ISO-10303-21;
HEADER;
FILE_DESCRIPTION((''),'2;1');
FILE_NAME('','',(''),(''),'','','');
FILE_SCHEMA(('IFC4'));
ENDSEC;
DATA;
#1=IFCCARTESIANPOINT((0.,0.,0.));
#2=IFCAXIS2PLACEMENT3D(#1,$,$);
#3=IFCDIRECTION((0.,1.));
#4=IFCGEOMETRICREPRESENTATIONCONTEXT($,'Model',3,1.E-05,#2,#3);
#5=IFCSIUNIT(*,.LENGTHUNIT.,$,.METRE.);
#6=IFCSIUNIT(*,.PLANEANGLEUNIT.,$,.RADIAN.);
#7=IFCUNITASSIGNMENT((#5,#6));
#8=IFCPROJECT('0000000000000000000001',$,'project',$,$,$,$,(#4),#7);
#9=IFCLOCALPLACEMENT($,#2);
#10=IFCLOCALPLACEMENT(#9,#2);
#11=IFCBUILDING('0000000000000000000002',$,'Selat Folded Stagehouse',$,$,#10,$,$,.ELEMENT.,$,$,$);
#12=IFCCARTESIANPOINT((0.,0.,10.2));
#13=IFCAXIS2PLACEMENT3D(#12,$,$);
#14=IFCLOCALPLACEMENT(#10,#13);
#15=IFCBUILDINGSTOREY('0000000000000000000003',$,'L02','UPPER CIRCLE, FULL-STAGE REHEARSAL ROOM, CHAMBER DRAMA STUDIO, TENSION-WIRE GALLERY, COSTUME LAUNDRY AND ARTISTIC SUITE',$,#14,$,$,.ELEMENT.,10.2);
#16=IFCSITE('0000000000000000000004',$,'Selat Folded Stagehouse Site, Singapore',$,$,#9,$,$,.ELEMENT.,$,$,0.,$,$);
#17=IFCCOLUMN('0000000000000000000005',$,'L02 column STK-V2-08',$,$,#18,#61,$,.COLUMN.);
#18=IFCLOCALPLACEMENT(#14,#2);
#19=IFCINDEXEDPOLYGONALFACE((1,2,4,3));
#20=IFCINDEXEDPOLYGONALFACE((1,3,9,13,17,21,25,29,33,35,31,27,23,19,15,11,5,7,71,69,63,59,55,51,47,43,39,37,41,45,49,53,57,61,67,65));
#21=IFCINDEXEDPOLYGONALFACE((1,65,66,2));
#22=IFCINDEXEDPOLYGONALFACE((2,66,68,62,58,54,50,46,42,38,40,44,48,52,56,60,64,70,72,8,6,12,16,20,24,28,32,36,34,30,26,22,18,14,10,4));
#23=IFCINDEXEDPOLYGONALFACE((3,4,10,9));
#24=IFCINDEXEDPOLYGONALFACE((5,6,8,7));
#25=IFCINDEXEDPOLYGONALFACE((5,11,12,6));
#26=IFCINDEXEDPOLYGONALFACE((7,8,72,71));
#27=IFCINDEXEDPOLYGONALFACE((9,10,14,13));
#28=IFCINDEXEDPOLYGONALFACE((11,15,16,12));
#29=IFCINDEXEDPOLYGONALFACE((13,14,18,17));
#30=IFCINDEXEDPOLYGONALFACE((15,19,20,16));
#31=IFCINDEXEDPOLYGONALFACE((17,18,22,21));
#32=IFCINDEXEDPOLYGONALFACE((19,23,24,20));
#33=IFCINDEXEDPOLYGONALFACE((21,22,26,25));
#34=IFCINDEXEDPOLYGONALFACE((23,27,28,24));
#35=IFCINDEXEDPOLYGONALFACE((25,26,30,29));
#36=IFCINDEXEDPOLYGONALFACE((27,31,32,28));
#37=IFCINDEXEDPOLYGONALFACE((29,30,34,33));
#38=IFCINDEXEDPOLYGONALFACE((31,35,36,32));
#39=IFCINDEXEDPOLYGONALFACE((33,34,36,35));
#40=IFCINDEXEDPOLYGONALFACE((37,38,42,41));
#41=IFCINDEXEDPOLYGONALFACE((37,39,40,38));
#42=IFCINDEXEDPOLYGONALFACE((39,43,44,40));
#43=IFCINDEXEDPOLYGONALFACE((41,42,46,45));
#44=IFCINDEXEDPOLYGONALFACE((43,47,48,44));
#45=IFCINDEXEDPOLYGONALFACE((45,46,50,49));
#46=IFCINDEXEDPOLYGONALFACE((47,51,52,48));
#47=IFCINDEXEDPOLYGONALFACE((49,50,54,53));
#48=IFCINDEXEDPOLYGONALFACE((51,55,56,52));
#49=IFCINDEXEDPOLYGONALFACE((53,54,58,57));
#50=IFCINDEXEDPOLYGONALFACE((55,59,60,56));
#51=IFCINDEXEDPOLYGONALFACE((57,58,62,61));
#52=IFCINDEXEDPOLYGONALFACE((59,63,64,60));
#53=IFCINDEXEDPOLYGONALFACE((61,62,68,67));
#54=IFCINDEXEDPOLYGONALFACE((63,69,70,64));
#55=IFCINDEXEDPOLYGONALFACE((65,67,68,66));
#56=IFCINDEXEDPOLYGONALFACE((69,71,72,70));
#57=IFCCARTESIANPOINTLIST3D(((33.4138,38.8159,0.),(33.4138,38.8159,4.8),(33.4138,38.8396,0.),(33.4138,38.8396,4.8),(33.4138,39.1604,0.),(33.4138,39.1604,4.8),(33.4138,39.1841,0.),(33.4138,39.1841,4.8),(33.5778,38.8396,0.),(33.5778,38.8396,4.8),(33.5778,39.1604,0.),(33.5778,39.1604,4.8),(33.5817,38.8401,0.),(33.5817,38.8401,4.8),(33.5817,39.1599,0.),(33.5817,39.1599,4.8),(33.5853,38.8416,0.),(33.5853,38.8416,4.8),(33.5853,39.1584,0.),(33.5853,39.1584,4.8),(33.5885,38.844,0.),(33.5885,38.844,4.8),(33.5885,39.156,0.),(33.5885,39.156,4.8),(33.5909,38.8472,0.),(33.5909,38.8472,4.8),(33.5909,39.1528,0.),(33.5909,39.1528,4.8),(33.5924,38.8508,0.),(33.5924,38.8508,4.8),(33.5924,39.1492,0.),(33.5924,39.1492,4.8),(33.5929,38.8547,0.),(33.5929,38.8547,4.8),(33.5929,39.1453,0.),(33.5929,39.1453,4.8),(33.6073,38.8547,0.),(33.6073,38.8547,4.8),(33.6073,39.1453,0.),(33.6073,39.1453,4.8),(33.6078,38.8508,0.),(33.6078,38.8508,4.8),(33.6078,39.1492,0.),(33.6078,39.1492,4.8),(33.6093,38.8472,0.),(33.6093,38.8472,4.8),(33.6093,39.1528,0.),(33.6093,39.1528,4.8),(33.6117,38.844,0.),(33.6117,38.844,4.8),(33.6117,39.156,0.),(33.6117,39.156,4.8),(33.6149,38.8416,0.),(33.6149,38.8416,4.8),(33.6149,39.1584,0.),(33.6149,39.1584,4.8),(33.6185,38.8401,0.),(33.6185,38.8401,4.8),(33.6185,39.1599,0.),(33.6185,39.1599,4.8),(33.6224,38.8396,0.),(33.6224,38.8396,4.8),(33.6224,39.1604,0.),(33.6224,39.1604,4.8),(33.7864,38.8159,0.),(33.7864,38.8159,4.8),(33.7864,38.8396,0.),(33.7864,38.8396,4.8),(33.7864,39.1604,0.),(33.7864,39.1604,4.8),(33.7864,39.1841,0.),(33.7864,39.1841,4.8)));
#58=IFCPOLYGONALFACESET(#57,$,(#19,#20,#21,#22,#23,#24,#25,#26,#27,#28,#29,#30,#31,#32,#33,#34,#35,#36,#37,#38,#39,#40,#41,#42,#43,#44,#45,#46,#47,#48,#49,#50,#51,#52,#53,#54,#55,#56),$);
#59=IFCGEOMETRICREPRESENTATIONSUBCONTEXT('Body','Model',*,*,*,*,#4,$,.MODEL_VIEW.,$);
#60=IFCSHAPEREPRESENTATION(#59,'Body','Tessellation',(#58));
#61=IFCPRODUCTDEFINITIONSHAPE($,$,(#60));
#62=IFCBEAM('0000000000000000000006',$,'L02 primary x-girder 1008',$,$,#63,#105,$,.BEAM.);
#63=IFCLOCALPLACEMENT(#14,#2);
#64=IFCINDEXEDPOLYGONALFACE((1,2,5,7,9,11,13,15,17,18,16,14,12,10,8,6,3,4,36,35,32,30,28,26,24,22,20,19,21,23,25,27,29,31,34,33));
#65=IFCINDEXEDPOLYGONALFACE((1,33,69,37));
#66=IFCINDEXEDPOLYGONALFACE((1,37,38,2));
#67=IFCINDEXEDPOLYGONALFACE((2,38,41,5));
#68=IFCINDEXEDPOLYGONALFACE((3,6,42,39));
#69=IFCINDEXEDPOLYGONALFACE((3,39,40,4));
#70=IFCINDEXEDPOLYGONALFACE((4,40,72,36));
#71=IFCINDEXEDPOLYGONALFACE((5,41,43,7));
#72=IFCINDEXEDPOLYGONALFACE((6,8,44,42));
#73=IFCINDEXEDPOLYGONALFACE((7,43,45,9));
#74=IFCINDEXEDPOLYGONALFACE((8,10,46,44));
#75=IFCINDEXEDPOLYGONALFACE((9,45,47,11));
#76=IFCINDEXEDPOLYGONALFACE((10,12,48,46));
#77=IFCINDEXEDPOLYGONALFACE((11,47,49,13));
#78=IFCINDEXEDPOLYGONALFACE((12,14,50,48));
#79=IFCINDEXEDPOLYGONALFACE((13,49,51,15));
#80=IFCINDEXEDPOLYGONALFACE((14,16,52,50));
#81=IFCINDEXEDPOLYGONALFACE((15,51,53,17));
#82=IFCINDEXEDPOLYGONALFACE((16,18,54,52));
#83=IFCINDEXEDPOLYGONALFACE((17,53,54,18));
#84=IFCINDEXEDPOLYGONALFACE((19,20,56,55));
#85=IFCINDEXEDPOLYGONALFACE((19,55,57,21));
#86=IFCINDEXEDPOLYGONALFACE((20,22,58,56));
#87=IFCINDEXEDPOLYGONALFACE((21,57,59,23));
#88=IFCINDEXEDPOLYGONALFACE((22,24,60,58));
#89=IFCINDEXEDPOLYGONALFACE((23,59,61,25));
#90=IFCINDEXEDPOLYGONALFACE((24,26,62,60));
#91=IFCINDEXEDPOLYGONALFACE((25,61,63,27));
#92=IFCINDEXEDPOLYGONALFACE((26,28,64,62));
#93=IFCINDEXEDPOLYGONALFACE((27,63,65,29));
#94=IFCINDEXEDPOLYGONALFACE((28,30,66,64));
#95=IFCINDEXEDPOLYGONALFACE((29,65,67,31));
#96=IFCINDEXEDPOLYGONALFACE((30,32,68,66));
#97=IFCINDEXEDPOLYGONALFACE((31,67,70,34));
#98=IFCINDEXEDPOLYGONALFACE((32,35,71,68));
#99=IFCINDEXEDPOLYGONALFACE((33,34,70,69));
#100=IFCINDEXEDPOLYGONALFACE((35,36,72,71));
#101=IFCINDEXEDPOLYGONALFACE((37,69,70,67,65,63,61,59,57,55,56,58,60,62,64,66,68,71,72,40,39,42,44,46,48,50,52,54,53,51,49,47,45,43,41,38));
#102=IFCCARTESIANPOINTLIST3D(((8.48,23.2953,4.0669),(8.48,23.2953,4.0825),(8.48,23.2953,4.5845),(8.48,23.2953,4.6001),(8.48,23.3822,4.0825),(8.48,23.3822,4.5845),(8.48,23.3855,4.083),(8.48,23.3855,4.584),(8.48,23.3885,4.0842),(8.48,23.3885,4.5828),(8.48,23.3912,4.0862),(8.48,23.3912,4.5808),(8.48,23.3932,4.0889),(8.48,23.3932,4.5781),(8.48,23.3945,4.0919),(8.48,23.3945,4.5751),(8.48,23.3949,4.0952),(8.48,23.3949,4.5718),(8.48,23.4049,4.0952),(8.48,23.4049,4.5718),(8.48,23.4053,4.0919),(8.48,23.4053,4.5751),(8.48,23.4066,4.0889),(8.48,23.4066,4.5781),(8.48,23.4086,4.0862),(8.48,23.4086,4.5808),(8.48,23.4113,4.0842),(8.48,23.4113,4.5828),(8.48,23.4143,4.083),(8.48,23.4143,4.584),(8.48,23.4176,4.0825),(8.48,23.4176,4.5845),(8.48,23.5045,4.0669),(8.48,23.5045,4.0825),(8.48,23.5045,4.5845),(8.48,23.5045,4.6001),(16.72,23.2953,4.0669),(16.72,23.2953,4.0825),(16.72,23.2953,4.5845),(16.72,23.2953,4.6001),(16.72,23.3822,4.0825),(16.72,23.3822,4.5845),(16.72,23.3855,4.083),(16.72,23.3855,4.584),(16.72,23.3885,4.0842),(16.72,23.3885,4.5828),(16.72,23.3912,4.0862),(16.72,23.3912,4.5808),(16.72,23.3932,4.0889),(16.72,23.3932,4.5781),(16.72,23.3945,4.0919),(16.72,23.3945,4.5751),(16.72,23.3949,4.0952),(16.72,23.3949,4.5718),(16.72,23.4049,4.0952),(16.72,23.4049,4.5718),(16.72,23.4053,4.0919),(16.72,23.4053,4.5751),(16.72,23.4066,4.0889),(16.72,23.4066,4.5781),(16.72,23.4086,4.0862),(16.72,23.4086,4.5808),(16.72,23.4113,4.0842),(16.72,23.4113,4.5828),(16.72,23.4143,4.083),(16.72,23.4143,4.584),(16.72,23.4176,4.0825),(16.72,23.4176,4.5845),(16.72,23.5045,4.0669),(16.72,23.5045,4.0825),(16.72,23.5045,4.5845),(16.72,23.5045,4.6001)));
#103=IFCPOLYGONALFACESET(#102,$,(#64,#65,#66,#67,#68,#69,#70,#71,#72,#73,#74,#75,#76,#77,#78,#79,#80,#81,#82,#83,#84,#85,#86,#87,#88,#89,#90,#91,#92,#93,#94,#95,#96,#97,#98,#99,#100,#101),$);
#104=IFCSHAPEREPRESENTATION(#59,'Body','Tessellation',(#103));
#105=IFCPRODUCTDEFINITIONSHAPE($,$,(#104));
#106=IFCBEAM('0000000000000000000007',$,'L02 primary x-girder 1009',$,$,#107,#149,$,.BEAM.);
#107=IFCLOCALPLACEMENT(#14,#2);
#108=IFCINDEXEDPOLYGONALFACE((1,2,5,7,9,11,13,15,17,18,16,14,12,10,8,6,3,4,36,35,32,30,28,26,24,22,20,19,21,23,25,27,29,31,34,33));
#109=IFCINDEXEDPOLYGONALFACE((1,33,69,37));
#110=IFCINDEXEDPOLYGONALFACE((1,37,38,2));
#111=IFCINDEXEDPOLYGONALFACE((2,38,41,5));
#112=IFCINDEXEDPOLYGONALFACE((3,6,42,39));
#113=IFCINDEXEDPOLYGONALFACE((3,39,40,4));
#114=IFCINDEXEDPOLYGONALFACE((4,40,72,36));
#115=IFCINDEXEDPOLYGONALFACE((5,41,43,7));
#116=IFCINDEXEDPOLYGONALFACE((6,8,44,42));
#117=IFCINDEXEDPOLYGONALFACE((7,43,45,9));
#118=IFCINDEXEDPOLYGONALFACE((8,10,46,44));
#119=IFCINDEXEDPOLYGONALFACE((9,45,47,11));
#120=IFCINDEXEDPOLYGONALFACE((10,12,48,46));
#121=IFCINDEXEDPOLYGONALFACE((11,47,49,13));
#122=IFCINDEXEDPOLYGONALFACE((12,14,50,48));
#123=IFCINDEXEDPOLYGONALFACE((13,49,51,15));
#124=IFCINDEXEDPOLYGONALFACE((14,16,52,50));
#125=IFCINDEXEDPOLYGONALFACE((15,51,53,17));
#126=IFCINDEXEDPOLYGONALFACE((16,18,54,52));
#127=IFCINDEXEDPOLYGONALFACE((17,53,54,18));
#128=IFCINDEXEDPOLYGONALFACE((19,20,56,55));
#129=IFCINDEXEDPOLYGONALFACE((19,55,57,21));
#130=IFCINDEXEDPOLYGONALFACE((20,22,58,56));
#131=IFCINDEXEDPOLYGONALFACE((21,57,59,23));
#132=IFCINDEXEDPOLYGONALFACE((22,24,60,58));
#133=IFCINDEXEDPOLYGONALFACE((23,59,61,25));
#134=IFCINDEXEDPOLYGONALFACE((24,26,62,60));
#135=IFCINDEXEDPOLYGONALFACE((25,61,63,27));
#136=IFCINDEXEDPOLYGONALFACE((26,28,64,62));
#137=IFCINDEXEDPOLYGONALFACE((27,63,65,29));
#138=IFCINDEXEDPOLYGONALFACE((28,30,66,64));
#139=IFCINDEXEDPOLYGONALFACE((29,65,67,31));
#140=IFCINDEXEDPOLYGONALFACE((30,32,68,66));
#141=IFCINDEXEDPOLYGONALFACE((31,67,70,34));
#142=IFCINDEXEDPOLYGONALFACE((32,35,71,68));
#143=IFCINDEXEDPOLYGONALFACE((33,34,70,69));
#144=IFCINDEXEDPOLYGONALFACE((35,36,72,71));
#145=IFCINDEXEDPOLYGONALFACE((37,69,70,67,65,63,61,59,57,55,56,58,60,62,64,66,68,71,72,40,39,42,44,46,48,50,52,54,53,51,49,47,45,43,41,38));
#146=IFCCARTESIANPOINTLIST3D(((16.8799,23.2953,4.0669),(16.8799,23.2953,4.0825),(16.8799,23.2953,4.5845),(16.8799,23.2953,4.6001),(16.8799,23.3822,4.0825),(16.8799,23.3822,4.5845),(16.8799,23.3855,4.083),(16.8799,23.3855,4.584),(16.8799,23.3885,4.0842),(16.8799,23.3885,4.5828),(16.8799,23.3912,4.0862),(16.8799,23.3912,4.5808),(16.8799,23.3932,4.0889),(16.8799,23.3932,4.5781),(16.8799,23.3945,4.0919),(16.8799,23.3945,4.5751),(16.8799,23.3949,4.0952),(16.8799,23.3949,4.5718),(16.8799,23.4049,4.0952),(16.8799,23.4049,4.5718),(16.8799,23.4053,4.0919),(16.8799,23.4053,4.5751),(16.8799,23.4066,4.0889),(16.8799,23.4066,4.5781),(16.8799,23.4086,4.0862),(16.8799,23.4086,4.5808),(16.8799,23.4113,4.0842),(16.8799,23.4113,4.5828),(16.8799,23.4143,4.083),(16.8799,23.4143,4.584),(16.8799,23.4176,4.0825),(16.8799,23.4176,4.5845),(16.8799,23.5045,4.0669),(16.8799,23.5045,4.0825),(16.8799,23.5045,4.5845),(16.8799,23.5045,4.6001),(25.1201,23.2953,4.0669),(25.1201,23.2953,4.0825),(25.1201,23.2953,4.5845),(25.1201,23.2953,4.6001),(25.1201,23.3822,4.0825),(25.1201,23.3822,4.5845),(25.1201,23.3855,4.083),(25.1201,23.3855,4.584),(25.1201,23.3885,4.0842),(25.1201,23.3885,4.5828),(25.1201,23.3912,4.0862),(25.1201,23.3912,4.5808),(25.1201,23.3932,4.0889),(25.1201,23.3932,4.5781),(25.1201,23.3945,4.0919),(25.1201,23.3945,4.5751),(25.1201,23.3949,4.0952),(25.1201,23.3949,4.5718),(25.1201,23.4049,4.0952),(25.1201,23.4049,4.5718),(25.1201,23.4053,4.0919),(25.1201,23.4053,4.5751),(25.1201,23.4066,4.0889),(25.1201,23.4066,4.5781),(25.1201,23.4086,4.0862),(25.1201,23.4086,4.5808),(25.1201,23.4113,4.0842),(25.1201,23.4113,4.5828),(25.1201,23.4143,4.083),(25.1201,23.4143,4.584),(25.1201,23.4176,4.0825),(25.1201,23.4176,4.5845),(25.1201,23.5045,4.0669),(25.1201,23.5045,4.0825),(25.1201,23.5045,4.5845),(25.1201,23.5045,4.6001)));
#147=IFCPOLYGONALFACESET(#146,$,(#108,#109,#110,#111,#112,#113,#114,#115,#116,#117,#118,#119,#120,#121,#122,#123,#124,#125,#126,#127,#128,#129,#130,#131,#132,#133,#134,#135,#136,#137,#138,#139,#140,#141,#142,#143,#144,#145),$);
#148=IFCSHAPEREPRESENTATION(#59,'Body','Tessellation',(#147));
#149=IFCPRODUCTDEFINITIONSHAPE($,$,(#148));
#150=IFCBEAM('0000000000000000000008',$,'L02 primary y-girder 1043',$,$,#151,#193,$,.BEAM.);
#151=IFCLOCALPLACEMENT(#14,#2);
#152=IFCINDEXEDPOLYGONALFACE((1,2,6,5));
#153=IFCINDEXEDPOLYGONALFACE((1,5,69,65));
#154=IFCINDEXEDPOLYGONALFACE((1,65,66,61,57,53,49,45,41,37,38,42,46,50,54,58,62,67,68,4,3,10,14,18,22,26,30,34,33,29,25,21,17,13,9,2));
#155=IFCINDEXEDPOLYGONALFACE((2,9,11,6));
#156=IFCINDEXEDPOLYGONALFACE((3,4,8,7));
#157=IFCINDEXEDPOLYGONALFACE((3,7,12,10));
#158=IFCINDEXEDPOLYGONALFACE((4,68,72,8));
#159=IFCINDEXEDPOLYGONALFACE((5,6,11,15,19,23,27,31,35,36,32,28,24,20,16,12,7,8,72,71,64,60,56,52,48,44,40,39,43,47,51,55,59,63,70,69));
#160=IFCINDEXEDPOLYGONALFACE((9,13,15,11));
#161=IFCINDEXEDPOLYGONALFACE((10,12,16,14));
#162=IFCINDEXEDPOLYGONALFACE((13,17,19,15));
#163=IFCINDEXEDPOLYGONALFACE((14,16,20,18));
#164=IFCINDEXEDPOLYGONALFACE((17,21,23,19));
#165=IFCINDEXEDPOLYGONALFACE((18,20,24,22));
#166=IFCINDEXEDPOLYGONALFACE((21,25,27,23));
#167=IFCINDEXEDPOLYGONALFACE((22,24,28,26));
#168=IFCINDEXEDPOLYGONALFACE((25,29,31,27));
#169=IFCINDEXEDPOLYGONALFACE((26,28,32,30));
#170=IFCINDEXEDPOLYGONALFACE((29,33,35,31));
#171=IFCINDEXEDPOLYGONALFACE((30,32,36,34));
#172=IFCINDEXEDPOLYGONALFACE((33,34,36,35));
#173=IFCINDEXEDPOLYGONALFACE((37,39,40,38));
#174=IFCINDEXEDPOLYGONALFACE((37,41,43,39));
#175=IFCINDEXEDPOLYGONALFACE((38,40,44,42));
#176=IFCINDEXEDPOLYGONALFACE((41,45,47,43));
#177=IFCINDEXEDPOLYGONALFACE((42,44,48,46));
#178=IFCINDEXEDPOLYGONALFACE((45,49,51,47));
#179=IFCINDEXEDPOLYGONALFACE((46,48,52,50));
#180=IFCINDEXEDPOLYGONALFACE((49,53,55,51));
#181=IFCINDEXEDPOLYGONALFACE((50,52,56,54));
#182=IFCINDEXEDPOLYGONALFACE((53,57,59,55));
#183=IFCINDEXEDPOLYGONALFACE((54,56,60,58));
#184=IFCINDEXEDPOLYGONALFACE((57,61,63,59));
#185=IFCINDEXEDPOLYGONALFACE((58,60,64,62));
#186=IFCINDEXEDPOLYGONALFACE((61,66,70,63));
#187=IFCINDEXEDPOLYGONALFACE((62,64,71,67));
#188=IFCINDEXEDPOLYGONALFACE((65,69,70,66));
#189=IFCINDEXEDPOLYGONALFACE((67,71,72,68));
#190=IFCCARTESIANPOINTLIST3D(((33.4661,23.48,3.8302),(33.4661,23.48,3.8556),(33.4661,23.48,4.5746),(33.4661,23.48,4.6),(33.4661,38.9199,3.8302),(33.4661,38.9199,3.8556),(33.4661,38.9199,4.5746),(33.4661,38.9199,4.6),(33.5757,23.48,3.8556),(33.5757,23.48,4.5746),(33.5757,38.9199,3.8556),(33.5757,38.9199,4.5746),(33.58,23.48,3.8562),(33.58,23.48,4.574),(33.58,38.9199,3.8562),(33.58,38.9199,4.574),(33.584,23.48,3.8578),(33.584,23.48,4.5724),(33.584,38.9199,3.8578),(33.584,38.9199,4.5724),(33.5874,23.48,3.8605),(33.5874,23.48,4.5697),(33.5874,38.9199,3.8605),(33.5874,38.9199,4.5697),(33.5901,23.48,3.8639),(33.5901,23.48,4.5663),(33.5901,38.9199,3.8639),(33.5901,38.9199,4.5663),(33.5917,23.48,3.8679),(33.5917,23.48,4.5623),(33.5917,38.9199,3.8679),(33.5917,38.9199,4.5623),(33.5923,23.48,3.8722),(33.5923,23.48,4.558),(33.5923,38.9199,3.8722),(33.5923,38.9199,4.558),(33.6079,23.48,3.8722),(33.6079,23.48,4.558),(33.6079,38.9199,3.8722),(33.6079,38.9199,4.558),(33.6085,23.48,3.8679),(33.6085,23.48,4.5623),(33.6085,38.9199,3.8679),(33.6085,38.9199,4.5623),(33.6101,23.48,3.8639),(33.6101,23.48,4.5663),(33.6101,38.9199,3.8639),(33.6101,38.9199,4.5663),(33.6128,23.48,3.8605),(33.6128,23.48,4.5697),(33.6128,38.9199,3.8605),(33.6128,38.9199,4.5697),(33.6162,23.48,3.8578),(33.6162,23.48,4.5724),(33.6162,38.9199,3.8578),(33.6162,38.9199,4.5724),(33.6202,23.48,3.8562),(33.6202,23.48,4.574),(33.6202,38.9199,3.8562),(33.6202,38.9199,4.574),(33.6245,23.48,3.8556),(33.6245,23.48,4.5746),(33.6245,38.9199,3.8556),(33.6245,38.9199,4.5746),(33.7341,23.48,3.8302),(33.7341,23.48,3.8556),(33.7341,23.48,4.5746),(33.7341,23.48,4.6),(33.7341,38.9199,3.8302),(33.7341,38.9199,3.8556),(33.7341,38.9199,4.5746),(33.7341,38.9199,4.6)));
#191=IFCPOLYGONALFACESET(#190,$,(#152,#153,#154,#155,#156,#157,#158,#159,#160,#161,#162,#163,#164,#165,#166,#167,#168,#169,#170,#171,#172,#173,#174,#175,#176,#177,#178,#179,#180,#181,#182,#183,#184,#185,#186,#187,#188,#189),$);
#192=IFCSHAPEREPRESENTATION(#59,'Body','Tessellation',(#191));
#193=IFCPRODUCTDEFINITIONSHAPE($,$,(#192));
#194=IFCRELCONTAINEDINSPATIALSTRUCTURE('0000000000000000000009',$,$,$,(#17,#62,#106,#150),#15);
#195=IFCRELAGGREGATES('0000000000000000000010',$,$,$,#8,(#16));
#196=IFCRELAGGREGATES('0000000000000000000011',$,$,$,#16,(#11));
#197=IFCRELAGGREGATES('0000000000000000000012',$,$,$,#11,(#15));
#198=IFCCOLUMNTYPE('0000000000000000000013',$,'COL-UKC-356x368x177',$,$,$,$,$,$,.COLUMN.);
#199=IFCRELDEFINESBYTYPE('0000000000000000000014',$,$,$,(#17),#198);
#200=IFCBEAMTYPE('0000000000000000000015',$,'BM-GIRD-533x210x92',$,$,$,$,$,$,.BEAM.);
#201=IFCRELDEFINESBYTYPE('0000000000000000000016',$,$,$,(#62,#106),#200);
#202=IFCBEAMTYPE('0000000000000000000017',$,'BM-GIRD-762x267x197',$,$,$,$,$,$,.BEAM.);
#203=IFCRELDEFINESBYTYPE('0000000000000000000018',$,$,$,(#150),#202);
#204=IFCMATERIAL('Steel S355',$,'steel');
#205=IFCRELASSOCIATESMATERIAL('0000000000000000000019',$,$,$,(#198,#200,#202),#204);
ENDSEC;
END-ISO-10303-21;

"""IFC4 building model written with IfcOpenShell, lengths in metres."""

from ifc_helpers import new_model, si_unit, direction, frame, origin, origin_2d, place, context, subcontext, project, spatial, i_section, extrude, material, material_profile, profile_set, type_object, element, save


model = new_model("IFC4")

# Units and contexts
model_context = context("Model", 3, precision=1e-05, world=origin(), true_north=direction((0.0, 1.0)))
body_context = subcontext(model_context, "Body", "Model", "MODEL_VIEW")
ifc_project = project(units=[si_unit("LENGTHUNIT", "METRE"), si_unit("PLANEANGLEUNIT", "RADIAN")], contexts=[model_context])

# Site, building, storey
site_placement = place(None, origin())
site = spatial("IfcSite", under=ifc_project, at=site_placement, Name="Selat Folded Stagehouse Site, Singapore", CompositionType="ELEMENT", RefElevation=0.0)
building_placement = place(site_placement, origin())
building = spatial("IfcBuilding", under=site, at=building_placement, Name="Selat Folded Stagehouse", CompositionType="ELEMENT")
storey_placement = place(building_placement, frame((0.0, 0.0, 10.2)))
storey = spatial("IfcBuildingStorey", under=building, at=storey_placement, Name="L02", Description="UPPER CIRCLE, FULL-STAGE REHEARSAL ROOM, CHAMBER DRAMA STUDIO, TENSION-WIRE GALLERY, COSTUME LAUNDRY AND ARTISTIC SUITE", CompositionType="ELEMENT", Elevation=10.2)

# Column
ifc_material_1 = material(Name="Steel S355", Category="steel")
ifc_material_profile_1 = material_profile(ifc_material_1, i_section(OverallWidth=0.3726, OverallDepth=0.3682, WebThickness=0.0144, FlangeThickness=0.0237, FilletRadius=0.0151, at=origin_2d()), Name="UKC 356x368x177")
ifc_profile_set_1 = profile_set([ifc_material_profile_1], Name="Steel S355")
column_type = type_object("IfcColumnType", Name="COL-UKC-356x368x177", PredefinedType="COLUMN", material=ifc_profile_set_1)
for number, where, z_axis, x_axis, name in (
    (1, (33.6001, 39.0, 0.0), (0.0, 0.0, 1.0), (1.0, 0.0, 0.0), "L02 column STK-V2-08"),
):
    element("IfcColumn", number, at=place(storey_placement, frame(where, z_axis=z_axis, x_axis=x_axis)), inside=storey, type_object=column_type, Name=name, PredefinedType="COLUMN", context=body_context, shape_type="SweptSolid", body=[
        extrude(i_section(OverallWidth=0.3726, OverallDepth=0.3682, WebThickness=0.0144, FlangeThickness=0.0237, FilletRadius=0.0151, at=origin_2d()), origin(), (0.0, 0.0, 1.0), 4.8),
    ])

# Beams
ifc_material_profile_2 = material_profile(ifc_material_1, i_section(OverallWidth=0.2092, OverallDepth=0.5332, WebThickness=0.01, FlangeThickness=0.0156, FilletRadius=0.0127, at=origin_2d()), Name="UKB 533x210x92")
ifc_profile_set_2 = profile_set([ifc_material_profile_2], Name="Steel S355")
beam_type_1 = type_object("IfcBeamType", Name="BM-GIRD-533x210x92", PredefinedType="BEAM", material=ifc_profile_set_2)
beam_1_placement = place(storey_placement, frame((8.48, 23.3999, 4.3335), z_axis=(1.0, 0.0, 0.0), x_axis=(0.0, 1.0, 0.0)))
element("IfcBeam", 2, at=beam_1_placement, inside=storey, type_object=beam_type_1, Name="L02 primary x-girder 1008", PredefinedType="BEAM", context=body_context, shape_type="SweptSolid", body=[
    extrude(i_section(OverallWidth=0.2092, OverallDepth=0.5332, WebThickness=0.01, FlangeThickness=0.0156, FilletRadius=0.0127, at=origin_2d()), origin(), (0.0, 0.0, 1.0), 8.24),
])
beam_2_placement = place(storey_placement, frame((16.8799, 23.3999, 4.3335), z_axis=(1.0, 0.0, 0.0), x_axis=(0.0, 1.0, 0.0)))
element("IfcBeam", 3, at=beam_2_placement, inside=storey, type_object=beam_type_1, Name="L02 primary x-girder 1009", PredefinedType="BEAM", context=body_context, shape_type="SweptSolid", body=[
    extrude(i_section(OverallWidth=0.2092, OverallDepth=0.5332, WebThickness=0.01, FlangeThickness=0.0156, FilletRadius=0.0127, at=origin_2d()), origin(), (0.0, 0.0, 1.0), 8.2402),
])
ifc_material_profile_3 = material_profile(ifc_material_1, i_section(OverallWidth=0.2681, OverallDepth=0.7698, WebThickness=0.0156, FlangeThickness=0.0254, FilletRadius=0.0166, at=origin_2d()), Name="UKB 762x267x197")
ifc_profile_set_3 = profile_set([ifc_material_profile_3], Name="Steel S355")
beam_type_2 = type_object("IfcBeamType", Name="BM-GIRD-762x267x197", PredefinedType="BEAM", material=ifc_profile_set_3)
beam_3_placement = place(storey_placement, frame((33.6001, 23.48, 4.2151), z_axis=(0.0, 1.0, 0.0), x_axis=(-1.0, 0.0, 0.0)))
element("IfcBeam", 4, at=beam_3_placement, inside=storey, type_object=beam_type_2, Name="L02 primary y-girder 1043", PredefinedType="BEAM", context=body_context, shape_type="SweptSolid", body=[
    extrude(i_section(OverallWidth=0.2681, OverallDepth=0.7698, WebThickness=0.0156, FlangeThickness=0.0254, FilletRadius=0.0166, at=origin_2d()), origin(), (0.0, 0.0, 1.0), 15.4399),
])

save(model, "model.ifc")
